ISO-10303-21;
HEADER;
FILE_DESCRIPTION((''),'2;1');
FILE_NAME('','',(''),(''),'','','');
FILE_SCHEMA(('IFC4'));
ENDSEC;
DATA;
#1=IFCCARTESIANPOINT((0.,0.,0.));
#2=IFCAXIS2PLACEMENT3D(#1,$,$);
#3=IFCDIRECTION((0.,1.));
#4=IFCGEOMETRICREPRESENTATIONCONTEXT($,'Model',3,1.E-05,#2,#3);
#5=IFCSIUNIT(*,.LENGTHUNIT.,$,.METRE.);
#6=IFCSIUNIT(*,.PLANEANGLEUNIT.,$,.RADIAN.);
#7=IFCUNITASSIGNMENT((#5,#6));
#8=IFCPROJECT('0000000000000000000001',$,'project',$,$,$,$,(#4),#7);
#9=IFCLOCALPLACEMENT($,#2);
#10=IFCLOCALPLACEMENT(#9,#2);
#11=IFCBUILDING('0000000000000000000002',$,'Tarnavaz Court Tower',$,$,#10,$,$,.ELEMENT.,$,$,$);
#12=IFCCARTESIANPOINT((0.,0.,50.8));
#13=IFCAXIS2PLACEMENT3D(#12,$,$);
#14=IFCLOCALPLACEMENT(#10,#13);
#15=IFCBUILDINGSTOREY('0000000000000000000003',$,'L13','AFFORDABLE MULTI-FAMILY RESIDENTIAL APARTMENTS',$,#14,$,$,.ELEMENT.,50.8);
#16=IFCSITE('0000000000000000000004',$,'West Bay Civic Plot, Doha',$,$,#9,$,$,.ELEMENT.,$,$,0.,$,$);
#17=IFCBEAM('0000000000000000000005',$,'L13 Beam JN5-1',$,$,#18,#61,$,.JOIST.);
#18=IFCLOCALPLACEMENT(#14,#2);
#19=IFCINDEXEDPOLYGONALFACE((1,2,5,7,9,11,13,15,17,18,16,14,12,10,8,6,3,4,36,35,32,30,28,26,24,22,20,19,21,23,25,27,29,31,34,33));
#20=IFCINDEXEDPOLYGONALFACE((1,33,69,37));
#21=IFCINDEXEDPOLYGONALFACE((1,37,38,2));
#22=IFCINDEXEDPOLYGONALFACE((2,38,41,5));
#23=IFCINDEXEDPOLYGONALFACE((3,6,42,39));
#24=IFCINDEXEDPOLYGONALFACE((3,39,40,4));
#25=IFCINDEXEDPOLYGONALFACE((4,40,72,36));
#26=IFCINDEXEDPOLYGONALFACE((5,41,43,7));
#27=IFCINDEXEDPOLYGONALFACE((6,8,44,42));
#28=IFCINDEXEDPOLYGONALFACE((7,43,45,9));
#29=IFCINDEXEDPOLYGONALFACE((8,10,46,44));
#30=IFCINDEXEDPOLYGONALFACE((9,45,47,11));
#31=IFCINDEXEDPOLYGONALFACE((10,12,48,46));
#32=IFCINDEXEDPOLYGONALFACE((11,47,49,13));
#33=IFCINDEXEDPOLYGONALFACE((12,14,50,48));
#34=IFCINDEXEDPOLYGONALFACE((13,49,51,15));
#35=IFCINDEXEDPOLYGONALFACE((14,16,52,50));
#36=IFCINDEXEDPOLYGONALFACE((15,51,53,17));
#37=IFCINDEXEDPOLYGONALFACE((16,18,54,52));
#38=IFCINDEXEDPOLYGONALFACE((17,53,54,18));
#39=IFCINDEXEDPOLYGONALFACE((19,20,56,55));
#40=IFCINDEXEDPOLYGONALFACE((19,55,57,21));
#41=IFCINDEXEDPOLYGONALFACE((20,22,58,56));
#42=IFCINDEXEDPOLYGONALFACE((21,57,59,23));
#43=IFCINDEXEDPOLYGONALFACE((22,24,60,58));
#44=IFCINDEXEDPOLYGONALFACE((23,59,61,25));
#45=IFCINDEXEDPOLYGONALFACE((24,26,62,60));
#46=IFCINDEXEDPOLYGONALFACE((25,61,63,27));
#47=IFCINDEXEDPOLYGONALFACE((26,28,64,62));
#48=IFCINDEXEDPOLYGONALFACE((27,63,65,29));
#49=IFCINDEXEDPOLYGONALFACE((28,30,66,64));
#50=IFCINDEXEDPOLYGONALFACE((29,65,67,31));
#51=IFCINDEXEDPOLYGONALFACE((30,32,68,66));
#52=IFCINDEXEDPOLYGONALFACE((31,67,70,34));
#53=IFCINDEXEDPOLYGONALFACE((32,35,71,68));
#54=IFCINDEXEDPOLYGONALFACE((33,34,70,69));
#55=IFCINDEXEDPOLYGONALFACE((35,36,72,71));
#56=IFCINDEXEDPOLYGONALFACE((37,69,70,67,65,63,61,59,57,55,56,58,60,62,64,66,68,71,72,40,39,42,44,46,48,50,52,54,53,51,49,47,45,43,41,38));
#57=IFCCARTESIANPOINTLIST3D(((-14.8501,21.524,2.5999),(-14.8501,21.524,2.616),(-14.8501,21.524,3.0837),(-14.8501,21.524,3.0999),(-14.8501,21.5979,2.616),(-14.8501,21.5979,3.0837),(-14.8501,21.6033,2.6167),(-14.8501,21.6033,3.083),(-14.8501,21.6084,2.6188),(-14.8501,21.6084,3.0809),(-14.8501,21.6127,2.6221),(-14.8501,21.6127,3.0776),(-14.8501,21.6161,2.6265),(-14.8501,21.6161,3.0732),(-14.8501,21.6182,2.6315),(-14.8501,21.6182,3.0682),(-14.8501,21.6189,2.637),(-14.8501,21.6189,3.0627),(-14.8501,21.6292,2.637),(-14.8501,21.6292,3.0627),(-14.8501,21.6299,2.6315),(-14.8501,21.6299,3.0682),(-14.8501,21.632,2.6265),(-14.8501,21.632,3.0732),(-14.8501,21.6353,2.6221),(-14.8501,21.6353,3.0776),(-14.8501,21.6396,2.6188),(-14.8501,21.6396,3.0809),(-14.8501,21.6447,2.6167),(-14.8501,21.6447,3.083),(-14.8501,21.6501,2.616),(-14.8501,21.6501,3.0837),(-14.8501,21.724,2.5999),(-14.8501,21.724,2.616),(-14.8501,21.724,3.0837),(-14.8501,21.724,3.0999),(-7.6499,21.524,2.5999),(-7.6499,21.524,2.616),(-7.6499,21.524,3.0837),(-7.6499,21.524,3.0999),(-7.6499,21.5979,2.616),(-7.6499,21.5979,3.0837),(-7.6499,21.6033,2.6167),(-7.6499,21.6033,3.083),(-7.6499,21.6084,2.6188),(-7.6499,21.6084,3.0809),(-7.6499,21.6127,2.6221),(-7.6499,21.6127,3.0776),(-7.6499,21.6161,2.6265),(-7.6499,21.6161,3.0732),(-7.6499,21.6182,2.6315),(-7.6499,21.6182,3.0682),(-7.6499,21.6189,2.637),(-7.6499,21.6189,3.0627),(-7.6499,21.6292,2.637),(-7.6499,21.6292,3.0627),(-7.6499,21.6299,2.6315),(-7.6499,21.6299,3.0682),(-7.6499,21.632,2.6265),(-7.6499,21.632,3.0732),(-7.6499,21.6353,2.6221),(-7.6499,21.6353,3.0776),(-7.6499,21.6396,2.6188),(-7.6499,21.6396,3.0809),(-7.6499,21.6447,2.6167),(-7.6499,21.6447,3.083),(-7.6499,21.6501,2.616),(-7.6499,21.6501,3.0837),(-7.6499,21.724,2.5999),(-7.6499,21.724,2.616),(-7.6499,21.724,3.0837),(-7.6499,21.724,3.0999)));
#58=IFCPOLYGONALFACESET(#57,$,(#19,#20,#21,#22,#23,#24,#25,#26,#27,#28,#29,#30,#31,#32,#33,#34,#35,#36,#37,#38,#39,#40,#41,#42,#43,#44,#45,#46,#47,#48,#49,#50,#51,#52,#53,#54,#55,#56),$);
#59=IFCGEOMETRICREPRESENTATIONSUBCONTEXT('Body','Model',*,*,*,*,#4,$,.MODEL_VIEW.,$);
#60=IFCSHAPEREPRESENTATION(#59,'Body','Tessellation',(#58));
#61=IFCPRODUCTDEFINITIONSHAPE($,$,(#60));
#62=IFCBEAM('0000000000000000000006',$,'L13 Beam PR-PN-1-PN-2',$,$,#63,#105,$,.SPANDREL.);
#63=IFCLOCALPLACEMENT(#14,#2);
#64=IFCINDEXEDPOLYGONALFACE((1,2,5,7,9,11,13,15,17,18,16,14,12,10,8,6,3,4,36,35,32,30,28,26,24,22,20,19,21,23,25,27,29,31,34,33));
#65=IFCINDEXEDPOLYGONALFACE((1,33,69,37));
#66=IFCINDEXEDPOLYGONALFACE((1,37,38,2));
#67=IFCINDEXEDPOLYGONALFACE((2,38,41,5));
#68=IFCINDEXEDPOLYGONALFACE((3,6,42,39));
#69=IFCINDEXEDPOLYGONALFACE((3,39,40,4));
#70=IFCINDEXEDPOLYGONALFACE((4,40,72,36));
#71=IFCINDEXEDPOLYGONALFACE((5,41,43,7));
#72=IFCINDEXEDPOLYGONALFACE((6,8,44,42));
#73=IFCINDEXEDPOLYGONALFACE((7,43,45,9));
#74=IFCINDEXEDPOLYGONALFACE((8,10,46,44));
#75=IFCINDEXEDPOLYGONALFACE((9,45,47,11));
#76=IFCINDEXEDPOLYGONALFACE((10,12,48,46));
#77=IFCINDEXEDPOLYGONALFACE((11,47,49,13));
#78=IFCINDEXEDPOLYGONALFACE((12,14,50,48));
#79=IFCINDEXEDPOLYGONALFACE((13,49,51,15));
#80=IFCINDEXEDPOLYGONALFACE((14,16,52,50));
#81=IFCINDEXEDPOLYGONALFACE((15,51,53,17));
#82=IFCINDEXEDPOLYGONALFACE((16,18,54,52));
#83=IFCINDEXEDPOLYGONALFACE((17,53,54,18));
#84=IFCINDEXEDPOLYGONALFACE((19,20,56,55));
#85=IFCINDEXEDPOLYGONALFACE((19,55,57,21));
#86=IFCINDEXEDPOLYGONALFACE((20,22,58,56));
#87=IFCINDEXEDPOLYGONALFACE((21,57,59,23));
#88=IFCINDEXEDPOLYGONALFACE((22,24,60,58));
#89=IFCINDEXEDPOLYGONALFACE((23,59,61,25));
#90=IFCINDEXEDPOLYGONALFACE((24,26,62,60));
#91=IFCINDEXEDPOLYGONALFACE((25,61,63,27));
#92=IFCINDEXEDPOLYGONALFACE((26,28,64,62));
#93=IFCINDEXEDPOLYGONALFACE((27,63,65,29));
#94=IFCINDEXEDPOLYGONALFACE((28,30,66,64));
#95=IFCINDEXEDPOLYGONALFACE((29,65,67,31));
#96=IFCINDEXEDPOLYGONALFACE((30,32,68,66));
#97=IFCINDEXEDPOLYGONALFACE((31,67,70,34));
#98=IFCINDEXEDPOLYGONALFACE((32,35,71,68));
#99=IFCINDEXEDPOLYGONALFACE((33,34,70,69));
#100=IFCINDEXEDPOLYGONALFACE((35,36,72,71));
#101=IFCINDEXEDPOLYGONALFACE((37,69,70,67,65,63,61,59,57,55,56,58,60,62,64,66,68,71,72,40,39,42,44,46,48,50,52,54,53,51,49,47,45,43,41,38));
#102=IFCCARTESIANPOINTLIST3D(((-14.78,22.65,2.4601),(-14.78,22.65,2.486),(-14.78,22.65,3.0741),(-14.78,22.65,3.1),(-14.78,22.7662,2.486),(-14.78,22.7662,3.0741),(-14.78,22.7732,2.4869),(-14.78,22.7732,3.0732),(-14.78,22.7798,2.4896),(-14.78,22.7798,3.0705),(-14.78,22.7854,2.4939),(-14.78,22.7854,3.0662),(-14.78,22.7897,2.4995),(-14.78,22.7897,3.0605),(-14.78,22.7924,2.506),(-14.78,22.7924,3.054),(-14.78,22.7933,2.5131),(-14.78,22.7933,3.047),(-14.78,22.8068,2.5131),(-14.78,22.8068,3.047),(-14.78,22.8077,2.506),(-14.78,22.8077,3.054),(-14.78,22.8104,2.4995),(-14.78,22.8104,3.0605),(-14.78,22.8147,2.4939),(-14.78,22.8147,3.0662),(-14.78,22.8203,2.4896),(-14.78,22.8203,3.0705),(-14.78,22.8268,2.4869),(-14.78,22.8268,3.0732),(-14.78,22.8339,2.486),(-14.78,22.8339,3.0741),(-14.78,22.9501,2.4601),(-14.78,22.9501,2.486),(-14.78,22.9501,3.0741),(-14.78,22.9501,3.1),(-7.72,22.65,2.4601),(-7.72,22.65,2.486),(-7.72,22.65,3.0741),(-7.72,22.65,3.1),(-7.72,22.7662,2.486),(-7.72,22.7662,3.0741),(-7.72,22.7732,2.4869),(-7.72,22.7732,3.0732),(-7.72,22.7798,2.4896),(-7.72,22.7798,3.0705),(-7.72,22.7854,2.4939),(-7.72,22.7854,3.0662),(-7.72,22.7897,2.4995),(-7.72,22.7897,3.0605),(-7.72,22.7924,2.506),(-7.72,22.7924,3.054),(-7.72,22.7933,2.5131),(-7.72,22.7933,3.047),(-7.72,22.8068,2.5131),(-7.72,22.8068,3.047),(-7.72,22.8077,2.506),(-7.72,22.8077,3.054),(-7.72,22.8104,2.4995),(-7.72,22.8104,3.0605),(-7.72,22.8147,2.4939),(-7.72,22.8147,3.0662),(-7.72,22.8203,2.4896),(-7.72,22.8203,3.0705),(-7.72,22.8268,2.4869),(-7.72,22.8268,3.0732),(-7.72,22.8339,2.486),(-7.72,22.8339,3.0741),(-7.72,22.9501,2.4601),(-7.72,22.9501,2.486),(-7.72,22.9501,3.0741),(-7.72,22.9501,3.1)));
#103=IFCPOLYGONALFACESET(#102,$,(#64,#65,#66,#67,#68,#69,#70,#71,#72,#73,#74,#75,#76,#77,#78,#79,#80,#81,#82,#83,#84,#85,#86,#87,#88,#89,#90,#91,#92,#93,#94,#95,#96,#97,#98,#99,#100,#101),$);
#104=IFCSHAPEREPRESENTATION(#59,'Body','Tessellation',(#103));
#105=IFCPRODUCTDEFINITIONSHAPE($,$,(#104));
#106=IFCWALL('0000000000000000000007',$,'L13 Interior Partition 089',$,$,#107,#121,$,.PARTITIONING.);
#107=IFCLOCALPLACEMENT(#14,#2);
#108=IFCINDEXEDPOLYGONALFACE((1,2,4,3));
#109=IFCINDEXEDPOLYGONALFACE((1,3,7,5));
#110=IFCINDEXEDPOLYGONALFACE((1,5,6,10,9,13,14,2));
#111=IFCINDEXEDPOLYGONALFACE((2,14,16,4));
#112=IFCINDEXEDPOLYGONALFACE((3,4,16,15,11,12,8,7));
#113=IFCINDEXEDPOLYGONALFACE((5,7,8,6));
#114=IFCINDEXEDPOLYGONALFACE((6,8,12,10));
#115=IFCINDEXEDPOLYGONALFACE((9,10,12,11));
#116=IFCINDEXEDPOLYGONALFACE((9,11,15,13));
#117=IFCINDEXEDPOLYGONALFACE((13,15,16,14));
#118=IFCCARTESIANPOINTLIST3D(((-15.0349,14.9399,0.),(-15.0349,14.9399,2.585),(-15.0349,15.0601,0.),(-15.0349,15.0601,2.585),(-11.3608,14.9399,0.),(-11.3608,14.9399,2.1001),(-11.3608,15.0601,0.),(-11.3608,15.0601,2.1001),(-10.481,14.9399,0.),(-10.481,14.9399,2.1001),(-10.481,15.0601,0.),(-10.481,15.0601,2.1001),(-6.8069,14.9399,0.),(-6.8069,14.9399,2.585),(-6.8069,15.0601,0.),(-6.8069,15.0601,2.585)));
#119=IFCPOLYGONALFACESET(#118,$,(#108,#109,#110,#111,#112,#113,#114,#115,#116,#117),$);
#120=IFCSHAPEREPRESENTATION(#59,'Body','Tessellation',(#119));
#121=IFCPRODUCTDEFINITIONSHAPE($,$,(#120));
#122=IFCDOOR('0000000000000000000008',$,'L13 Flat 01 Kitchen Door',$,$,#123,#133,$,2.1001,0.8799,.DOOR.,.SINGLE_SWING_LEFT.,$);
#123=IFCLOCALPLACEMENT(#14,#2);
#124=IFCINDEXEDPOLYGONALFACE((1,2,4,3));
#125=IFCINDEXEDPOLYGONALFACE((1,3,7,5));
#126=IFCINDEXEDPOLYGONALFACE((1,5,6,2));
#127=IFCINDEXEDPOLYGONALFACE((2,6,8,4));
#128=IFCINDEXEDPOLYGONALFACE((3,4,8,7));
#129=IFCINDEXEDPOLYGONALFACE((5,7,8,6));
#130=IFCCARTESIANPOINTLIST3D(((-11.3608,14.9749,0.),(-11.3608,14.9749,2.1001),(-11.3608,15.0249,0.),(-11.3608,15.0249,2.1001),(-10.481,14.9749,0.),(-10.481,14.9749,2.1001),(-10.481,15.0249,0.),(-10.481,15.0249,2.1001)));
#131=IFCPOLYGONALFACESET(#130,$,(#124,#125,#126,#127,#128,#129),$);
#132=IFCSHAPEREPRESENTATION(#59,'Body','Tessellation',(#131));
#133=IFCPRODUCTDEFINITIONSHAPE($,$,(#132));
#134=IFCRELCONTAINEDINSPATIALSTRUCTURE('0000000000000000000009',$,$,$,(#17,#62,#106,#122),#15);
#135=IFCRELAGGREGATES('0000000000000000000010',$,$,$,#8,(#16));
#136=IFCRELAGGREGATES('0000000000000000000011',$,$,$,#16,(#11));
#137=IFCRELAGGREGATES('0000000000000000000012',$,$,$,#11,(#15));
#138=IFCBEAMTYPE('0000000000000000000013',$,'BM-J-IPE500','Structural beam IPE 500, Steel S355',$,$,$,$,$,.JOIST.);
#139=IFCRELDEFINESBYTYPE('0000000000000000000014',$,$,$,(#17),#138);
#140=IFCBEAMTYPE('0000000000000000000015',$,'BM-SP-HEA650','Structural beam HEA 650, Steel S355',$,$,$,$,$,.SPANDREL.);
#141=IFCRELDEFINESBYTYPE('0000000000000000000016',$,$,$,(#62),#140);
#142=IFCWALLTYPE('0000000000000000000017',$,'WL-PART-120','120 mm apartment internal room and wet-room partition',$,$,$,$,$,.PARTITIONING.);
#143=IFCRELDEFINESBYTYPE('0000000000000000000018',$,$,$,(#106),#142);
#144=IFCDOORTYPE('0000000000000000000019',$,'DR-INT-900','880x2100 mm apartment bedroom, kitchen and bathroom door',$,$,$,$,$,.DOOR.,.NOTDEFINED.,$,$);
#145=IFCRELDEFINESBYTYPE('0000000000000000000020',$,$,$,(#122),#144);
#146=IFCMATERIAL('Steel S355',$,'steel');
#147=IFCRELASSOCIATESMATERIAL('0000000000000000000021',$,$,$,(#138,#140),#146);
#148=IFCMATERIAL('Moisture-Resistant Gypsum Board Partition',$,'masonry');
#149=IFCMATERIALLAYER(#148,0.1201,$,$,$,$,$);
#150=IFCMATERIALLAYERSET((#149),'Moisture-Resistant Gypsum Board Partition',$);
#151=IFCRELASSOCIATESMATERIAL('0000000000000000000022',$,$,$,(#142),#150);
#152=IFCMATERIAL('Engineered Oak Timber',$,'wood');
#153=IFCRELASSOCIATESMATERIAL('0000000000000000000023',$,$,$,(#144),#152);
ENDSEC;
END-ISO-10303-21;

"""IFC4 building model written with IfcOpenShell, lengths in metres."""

from ifc_helpers import new_model, si_unit, direction, frame, frame_2d, origin, origin_2d, place, context, subcontext, project, spatial, rectangle, i_section, extrude, material, layer, layer_set, material_profile, profile_set, type_object, element, fill, save


model = new_model("IFC4")

# Units and contexts
model_context = context("Model", 3, precision=1e-05, world=origin(), true_north=direction((0.0, 1.0)))
body_context = subcontext(model_context, "Body", "Model", "MODEL_VIEW")
ifc_project = project(units=[si_unit("LENGTHUNIT", "METRE"), si_unit("PLANEANGLEUNIT", "RADIAN")], contexts=[model_context])

# Site, building, storey
site_placement = place(None, origin())
site = spatial("IfcSite", under=ifc_project, at=site_placement, Name="West Bay Civic Plot, Doha", CompositionType="ELEMENT", RefElevation=0.0)
building_placement = place(site_placement, origin())
building = spatial("IfcBuilding", under=site, at=building_placement, Name="Tarnavaz Court Tower", CompositionType="ELEMENT")
storey_placement = place(building_placement, frame((0.0, 0.0, 50.8)))
storey = spatial("IfcBuildingStorey", under=building, at=storey_placement, Name="L13", Description="AFFORDABLE MULTI-FAMILY RESIDENTIAL APARTMENTS", CompositionType="ELEMENT", Elevation=50.8)

# Beams
ifc_material_1 = material(Name="Steel S355", Category="steel")
ifc_material_profile_1 = material_profile(ifc_material_1, i_section(OverallWidth=0.2, OverallDepth=0.5, WebThickness=0.0103, FlangeThickness=0.0161, FilletRadius=0.021, at=origin_2d()), Name="IPE 500")
ifc_profile_set_1 = profile_set([ifc_material_profile_1], Name="Steel S355")
beam_type_1 = type_object("IfcBeamType", Name="BM-J-IPE500", Description="Structural beam IPE 500, Steel S355", PredefinedType="JOIST", material=ifc_profile_set_1)
for number, where, z_axis, x_axis, name in (
    (1, (-14.8501, 21.624, 2.8499), (1.0, 0.0, 0.0), (0.0, 1.0, 0.0), "L13 Beam JN5-1"),
):
    element("IfcBeam", number, at=place(storey_placement, frame(where, z_axis=z_axis, x_axis=x_axis)), inside=storey, type_object=beam_type_1, Name=name, PredefinedType="JOIST", context=body_context, shape_type="SweptSolid", body=[
        extrude(i_section(OverallWidth=0.2, OverallDepth=0.5, WebThickness=0.0103, FlangeThickness=0.0161, FilletRadius=0.021, at=origin_2d()), origin(), (0.0, 0.0, 1.0), 7.2002),
    ])
ifc_material_profile_2 = material_profile(ifc_material_1, i_section(OverallWidth=0.3, OverallDepth=0.6399, WebThickness=0.0134, FlangeThickness=0.0259, FilletRadius=0.0271, at=origin_2d()), Name="HEA 650")
ifc_profile_set_2 = profile_set([ifc_material_profile_2], Name="Steel S355")
beam_type_2 = type_object("IfcBeamType", Name="BM-SP-HEA650", Description="Structural beam HEA 650, Steel S355", PredefinedType="SPANDREL", material=ifc_profile_set_2)
beam_placement = place(storey_placement, frame((-14.78, 22.8, 2.78), z_axis=(1.0, 0.0, 0.0), x_axis=(0.0, 1.0, 0.0)))
element("IfcBeam", 2, at=beam_placement, inside=storey, type_object=beam_type_2, Name="L13 Beam PR-PN-1-PN-2", PredefinedType="SPANDREL", context=body_context, shape_type="SweptSolid", body=[
    extrude(i_section(OverallWidth=0.3, OverallDepth=0.6399, WebThickness=0.0134, FlangeThickness=0.0259, FilletRadius=0.0271, at=origin_2d()), origin(), (0.0, 0.0, 1.0), 7.0601),
])

# Wall, opening, door
ifc_material_2 = material(Name="Moisture-Resistant Gypsum Board Partition", Category="masonry")
ifc_layer = layer(ifc_material_2, 0.1201)
ifc_layer_set = layer_set([ifc_layer], Name="Moisture-Resistant Gypsum Board Partition")
wall_type = type_object("IfcWallType", Name="WL-PART-120", Description="120 mm apartment internal room and wet-room partition", PredefinedType="PARTITIONING", material=ifc_layer_set)
wall_1_placement = place(storey_placement, frame((-15.0349, 15.0, 0.0), z_axis=(0.0, 0.0, 1.0), x_axis=(1.0, 0.0, 0.0)))
wall_1 = element("IfcWall", 3, at=wall_1_placement, inside=storey, type_object=wall_type, Name="L13 Interior Partition 089", PredefinedType="PARTITIONING", context=body_context, shape_type="SweptSolid", body=[
    extrude(rectangle(XDim=8.228, YDim=0.1201, at=frame_2d((4.114, 0.0))), origin(), (0.0, 0.0, 1.0), 2.585),
])
opening_1_placement = place(wall_1_placement, frame((3.6741, 0.0, 0.0)))
opening_1 = element("IfcOpeningElement", 4, at=opening_1_placement, cuts=wall_1, PredefinedType="OPENING", context=body_context, shape_type="SweptSolid", body=[
    extrude(rectangle(XDim=0.8799, YDim=2.1001, at=frame_2d((0.4399, 1.05))), frame((0.0, 0.0701, 0.0), z_axis=(0.0, -1.0, 0.0), x_axis=(1.0, 0.0, 0.0)), (0.0, 0.0, 1.0), 0.1401),
])
ifc_material_3 = material(Name="Engineered Oak Timber", Category="wood")
door_type = type_object("IfcDoorType", Name="DR-INT-900", Description="880x2100 mm apartment bedroom, kitchen and bathroom door", OperationType="NOTDEFINED", PredefinedType="DOOR", material=ifc_material_3)
door_1_placement = place(opening_1_placement, origin())
door_1 = element("IfcDoor", 5, at=door_1_placement, inside=storey, type_object=door_type, Name="L13 Flat 01 Kitchen Door", OperationType="SINGLE_SWING_LEFT", OverallHeight=2.1001, OverallWidth=0.8799, PredefinedType="DOOR", context=body_context, shape_type="SweptSolid", body=[
    extrude(rectangle(XDim=0.8799, YDim=2.1001, at=frame_2d((0.4399, 1.05))), frame((0.0, 0.0249, 0.0), z_axis=(0.0, -1.0, 0.0), x_axis=(1.0, 0.0, 0.0)), (0.0, 0.0, 1.0), 0.05),
])
fill(opening_1, door_1)

save(model, "model.ifc")
